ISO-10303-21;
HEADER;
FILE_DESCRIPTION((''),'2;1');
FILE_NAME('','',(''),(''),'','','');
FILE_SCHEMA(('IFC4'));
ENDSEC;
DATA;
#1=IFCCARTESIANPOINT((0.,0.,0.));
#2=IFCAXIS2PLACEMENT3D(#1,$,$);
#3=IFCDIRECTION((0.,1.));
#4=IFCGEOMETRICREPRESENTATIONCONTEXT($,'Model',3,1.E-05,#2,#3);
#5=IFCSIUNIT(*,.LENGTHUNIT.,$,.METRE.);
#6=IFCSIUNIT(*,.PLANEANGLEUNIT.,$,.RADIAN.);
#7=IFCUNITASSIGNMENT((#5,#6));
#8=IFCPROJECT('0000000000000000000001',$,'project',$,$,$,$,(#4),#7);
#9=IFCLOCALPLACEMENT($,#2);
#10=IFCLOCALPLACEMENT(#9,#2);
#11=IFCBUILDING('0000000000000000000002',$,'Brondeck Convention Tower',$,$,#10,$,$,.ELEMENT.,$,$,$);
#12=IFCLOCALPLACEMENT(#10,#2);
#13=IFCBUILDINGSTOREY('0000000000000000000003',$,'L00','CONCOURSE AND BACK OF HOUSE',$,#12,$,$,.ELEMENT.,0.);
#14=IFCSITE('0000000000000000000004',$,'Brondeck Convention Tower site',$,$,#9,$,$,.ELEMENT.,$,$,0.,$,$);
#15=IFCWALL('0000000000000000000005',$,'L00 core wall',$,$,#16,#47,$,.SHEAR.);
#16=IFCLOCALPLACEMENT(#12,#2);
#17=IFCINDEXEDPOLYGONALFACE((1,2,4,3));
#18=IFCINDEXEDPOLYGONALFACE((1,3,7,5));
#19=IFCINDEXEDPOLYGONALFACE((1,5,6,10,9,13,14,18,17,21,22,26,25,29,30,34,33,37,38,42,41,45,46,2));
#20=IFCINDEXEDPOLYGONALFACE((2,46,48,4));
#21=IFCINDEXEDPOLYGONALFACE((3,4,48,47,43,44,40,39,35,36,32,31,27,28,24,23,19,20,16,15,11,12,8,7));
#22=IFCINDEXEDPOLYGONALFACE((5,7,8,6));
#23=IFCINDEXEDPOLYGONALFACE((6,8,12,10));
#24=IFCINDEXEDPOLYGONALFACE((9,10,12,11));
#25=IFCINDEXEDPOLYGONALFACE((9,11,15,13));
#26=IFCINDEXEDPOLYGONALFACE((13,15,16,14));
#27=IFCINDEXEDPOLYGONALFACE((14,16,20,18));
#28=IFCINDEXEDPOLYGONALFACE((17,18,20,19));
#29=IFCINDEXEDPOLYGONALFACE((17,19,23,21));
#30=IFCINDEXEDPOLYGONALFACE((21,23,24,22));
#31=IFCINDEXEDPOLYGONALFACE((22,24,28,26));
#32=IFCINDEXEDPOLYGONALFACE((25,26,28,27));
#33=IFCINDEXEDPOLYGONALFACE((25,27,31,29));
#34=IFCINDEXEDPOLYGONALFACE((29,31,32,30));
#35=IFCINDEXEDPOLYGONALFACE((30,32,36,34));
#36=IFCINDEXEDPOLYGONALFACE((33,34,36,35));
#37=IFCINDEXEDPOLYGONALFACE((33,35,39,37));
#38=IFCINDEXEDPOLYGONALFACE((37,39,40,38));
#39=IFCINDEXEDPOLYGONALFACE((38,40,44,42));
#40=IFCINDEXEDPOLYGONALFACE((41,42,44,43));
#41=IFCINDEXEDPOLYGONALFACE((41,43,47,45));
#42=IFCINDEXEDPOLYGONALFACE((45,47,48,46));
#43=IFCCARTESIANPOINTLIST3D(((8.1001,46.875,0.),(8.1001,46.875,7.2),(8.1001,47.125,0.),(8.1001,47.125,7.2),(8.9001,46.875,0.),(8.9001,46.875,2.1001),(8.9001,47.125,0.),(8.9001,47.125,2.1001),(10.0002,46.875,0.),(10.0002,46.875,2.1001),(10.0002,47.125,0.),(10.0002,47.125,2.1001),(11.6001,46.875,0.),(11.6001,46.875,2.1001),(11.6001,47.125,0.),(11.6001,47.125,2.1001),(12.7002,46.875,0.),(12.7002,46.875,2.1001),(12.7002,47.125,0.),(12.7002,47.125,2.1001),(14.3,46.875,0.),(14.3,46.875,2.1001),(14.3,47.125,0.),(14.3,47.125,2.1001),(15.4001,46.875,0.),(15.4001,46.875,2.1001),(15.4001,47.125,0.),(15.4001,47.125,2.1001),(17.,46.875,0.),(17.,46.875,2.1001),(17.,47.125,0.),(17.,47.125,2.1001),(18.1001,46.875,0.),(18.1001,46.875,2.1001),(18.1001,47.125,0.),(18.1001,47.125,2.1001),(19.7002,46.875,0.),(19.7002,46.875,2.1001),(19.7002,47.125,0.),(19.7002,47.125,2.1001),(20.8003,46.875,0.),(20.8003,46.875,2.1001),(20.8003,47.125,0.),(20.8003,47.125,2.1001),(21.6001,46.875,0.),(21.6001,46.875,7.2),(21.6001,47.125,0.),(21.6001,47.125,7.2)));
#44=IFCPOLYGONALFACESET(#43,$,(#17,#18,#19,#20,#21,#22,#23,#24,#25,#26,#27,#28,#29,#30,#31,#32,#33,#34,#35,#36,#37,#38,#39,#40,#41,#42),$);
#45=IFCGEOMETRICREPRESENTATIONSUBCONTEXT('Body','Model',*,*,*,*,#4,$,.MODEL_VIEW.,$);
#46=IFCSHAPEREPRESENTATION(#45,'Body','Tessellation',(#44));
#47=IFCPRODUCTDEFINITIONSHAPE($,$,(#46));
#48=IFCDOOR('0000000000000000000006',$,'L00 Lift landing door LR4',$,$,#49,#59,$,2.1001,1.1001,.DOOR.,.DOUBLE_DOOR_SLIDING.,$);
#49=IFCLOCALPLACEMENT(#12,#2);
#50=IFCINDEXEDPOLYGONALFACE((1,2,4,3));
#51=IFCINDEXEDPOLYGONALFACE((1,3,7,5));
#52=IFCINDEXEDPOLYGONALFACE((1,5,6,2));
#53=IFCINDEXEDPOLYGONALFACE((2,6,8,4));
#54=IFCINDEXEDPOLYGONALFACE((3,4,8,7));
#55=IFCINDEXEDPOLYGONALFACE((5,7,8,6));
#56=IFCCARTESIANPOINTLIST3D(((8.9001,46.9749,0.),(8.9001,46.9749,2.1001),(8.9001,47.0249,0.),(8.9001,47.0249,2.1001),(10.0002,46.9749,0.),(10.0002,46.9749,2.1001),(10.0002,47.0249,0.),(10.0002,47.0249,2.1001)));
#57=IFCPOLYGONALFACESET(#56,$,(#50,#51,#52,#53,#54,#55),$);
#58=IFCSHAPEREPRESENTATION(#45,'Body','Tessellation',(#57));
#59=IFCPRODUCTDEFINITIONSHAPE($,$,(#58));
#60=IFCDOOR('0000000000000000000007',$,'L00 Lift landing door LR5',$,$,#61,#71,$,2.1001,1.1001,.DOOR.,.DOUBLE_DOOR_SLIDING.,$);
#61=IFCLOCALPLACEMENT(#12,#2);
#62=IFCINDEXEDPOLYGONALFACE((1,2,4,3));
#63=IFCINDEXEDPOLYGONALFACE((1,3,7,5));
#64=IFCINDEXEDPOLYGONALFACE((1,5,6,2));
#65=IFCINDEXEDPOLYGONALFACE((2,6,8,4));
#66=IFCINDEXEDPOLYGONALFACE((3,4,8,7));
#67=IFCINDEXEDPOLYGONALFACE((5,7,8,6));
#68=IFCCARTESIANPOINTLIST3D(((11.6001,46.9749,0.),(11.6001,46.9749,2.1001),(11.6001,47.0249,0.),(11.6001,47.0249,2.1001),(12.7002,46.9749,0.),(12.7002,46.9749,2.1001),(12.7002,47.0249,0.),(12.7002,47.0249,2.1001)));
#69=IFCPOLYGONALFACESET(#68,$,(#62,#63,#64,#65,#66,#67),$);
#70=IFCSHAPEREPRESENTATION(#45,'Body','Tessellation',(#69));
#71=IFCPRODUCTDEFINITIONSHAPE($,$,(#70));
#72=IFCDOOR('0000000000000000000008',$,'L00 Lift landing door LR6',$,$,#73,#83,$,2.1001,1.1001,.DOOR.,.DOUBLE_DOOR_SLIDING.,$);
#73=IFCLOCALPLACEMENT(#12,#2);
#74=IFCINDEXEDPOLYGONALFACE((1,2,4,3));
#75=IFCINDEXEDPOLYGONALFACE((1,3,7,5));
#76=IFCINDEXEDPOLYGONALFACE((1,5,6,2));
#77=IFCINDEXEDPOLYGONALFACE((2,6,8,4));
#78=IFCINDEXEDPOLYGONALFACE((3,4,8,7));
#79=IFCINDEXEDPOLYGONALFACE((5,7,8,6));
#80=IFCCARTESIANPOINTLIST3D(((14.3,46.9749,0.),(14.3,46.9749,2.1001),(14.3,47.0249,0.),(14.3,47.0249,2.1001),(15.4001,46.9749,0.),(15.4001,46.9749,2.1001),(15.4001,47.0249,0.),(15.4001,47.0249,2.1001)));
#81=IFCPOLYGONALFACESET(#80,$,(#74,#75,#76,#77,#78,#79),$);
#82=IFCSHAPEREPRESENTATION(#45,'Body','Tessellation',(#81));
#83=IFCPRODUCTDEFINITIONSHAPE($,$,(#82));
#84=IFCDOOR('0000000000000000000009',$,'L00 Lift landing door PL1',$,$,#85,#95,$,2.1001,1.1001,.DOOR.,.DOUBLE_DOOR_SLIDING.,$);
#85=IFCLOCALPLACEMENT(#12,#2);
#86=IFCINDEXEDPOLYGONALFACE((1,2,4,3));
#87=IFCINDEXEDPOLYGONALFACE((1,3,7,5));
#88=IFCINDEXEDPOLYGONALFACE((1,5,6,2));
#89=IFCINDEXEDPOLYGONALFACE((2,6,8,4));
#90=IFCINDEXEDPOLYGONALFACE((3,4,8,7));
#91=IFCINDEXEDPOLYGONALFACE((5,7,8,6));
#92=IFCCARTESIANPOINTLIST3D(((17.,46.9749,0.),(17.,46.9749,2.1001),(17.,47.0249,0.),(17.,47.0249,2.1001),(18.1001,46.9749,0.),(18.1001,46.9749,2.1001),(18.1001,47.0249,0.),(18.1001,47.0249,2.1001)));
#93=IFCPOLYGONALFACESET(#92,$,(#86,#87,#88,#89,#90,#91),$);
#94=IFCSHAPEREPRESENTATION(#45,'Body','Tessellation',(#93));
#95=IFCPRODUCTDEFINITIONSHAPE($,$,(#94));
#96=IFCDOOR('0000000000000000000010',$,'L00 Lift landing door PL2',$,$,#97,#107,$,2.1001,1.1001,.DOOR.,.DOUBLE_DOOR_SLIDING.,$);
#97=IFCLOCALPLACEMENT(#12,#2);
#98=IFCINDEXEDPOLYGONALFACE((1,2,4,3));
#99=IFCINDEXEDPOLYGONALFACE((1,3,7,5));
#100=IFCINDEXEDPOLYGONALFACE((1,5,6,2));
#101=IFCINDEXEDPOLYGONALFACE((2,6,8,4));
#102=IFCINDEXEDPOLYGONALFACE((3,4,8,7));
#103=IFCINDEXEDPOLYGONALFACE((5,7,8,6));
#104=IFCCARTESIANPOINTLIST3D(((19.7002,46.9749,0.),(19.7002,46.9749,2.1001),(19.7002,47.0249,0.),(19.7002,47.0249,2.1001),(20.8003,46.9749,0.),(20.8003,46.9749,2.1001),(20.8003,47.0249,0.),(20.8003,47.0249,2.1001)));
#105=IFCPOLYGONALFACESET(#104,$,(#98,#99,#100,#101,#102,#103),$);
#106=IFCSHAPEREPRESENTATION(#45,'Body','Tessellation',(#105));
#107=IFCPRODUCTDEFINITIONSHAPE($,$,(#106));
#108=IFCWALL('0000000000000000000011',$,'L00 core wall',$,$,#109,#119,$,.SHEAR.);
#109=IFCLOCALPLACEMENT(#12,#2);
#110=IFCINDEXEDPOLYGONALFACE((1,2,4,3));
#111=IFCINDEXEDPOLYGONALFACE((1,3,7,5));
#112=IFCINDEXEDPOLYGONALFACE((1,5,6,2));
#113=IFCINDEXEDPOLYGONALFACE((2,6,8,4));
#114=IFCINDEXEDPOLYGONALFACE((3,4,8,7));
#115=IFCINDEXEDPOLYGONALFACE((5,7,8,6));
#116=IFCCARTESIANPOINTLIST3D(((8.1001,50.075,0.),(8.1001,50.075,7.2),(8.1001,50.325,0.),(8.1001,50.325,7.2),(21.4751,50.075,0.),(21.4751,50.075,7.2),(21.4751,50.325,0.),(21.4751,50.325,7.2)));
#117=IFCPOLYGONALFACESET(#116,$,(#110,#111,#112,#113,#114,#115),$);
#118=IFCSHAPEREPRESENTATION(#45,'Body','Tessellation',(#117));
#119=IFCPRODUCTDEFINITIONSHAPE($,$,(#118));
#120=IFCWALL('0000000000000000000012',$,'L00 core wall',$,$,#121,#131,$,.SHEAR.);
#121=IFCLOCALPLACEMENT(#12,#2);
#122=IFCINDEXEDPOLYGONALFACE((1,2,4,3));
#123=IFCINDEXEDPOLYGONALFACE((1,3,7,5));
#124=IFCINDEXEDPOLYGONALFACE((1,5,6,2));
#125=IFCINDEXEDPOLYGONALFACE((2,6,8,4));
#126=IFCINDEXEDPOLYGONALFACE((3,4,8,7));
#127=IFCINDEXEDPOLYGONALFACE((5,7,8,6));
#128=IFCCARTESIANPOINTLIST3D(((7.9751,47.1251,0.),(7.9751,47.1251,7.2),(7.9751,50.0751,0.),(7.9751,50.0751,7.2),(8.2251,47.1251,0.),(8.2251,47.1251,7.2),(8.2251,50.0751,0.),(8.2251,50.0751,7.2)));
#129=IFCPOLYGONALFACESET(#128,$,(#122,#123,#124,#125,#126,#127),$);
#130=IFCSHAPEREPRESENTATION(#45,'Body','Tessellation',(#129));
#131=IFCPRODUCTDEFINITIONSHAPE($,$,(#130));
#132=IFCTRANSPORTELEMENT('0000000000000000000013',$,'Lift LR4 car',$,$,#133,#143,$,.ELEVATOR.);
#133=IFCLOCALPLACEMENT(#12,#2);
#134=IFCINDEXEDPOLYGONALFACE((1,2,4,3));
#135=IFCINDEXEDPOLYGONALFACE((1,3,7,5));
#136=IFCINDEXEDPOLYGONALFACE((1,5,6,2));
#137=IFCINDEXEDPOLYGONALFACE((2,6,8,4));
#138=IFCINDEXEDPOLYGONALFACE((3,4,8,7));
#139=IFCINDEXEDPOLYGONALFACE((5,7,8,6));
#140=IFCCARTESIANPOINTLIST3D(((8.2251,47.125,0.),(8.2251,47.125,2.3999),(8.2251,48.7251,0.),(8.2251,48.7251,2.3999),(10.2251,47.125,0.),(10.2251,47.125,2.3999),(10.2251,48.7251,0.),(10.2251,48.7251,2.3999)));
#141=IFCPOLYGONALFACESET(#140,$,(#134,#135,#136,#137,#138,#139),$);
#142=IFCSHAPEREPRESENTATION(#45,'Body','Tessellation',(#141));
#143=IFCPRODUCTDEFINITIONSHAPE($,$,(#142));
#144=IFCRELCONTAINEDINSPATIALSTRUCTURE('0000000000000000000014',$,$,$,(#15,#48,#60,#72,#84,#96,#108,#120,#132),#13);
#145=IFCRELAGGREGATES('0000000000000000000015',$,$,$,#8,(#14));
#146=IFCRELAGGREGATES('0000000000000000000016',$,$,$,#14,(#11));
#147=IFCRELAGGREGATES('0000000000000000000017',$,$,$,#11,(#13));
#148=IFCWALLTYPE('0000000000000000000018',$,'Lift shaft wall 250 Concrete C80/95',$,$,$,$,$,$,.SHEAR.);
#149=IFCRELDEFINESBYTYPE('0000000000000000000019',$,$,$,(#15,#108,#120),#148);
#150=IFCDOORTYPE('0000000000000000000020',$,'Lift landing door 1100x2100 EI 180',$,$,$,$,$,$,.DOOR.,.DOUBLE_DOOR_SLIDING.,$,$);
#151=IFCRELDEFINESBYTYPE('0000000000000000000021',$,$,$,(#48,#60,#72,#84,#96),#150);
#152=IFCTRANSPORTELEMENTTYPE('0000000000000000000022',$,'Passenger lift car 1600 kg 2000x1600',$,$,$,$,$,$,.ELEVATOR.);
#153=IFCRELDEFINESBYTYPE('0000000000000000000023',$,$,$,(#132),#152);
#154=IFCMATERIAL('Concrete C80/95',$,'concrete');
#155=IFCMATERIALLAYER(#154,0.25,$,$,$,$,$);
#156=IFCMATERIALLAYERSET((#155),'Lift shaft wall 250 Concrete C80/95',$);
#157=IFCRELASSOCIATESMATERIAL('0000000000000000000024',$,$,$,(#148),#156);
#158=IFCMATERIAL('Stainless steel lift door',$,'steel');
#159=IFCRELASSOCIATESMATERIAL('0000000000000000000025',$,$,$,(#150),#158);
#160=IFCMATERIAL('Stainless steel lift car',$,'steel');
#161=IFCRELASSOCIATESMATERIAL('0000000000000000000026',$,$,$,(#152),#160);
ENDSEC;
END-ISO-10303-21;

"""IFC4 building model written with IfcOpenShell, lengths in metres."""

from ifc_helpers import new_model, si_unit, direction, frame, frame_2d, origin, origin_2d, place, context, subcontext, project, spatial, rectangle, extrude, material, layer, layer_set, type_object, element, fill, save


model = new_model("IFC4")

# Units and contexts
model_context = context("Model", 3, precision=1e-05, world=origin(), true_north=direction((0.0, 1.0)))
body_context = subcontext(model_context, "Body", "Model", "MODEL_VIEW")
ifc_project = project(units=[si_unit("LENGTHUNIT", "METRE"), si_unit("PLANEANGLEUNIT", "RADIAN")], contexts=[model_context])

# Site, building, storey
site_placement = place(None, origin())
site = spatial("IfcSite", under=ifc_project, at=site_placement, Name="Brondeck Convention Tower site", CompositionType="ELEMENT", RefElevation=0.0)
building_placement = place(site_placement, origin())
building = spatial("IfcBuilding", under=site, at=building_placement, Name="Brondeck Convention Tower", CompositionType="ELEMENT")
storey_placement = place(building_placement, origin())
storey = spatial("IfcBuildingStorey", under=building, at=storey_placement, Name="L00", Description="CONCOURSE AND BACK OF HOUSE", CompositionType="ELEMENT", Elevation=0.0)

# Shared definitions
ifc_material_1 = material(Name="Concrete C80/95", Category="concrete")

# Wall, openings, doors
ifc_layer_1 = layer(ifc_material_1, 0.25)
ifc_layer_set_1 = layer_set([ifc_layer_1], Name="Lift shaft wall 250 Concrete C80/95")
wall_type_1 = type_object("IfcWallType", Name="Lift shaft wall 250 Concrete C80/95", PredefinedType="SHEAR", material=ifc_layer_set_1)
wall_1_placement = place(storey_placement, frame((8.1001, 47.0, 0.0), z_axis=(0.0, 0.0, 1.0), x_axis=(1.0, 0.0, 0.0)))
wall_1 = element("IfcWall", 1, at=wall_1_placement, inside=storey, type_object=wall_type_1, Name="L00 core wall", PredefinedType="SHEAR", context=body_context, shape_type="SweptSolid", body=[
    extrude(rectangle(XDim=13.5, YDim=0.25, at=frame_2d((6.75, 0.0))), origin(), (0.0, 0.0, 1.0), 7.2),
])
opening_1_placement = place(wall_1_placement, frame((0.8, 0.0, 0.0)))
opening_1 = element("IfcOpeningElement", 2, at=opening_1_placement, cuts=wall_1, PredefinedType="OPENING", context=body_context, shape_type="SweptSolid", body=[
    extrude(rectangle(XDim=1.1001, YDim=2.1001, at=frame_2d((0.55, 1.05))), frame((0.0, 0.135, 0.0), z_axis=(0.0, -1.0, 0.0), x_axis=(1.0, 0.0, 0.0)), (0.0, 0.0, 1.0), 0.27),
])
opening_2_placement = place(wall_1_placement, frame((3.5, 0.0, 0.0)))
opening_2 = element("IfcOpeningElement", 3, at=opening_2_placement, cuts=wall_1, PredefinedType="OPENING", context=body_context, shape_type="SweptSolid", body=[
    extrude(rectangle(XDim=1.1001, YDim=2.1001, at=frame_2d((0.55, 1.05))), frame((0.0, 0.135, 0.0), z_axis=(0.0, -1.0, 0.0), x_axis=(1.0, 0.0, 0.0)), (0.0, 0.0, 1.0), 0.27),
])
opening_3_placement = place(wall_1_placement, frame((6.2, 0.0, 0.0)))
opening_3 = element("IfcOpeningElement", 4, at=opening_3_placement, cuts=wall_1, PredefinedType="OPENING", context=body_context, shape_type="SweptSolid", body=[
    extrude(rectangle(XDim=1.1001, YDim=2.1001, at=frame_2d((0.55, 1.05))), frame((0.0, 0.135, 0.0), z_axis=(0.0, -1.0, 0.0), x_axis=(1.0, 0.0, 0.0)), (0.0, 0.0, 1.0), 0.27),
])
opening_4_placement = place(wall_1_placement, frame((8.8999, 0.0, 0.0)))
opening_4 = element("IfcOpeningElement", 5, at=opening_4_placement, cuts=wall_1, PredefinedType="OPENING", context=body_context, shape_type="SweptSolid", body=[
    extrude(rectangle(XDim=1.1001, YDim=2.1001, at=frame_2d((0.55, 1.05))), frame((0.0, 0.135, 0.0), z_axis=(0.0, -1.0, 0.0), x_axis=(1.0, 0.0, 0.0)), (0.0, 0.0, 1.0), 0.27),
])
opening_5_placement = place(wall_1_placement, frame((11.6001, 0.0, 0.0)))
opening_5 = element("IfcOpeningElement", 6, at=opening_5_placement, cuts=wall_1, PredefinedType="OPENING", context=body_context, shape_type="SweptSolid", body=[
    extrude(rectangle(XDim=1.1001, YDim=2.1001, at=frame_2d((0.55, 1.05))), frame((0.0, 0.135, 0.0), z_axis=(0.0, -1.0, 0.0), x_axis=(1.0, 0.0, 0.0)), (0.0, 0.0, 1.0), 0.27),
])
ifc_material_2 = material(Name="Stainless steel lift door", Category="steel")
door_type_1 = type_object("IfcDoorType", Name="Lift landing door 1100x2100 EI 180", OperationType="DOUBLE_DOOR_SLIDING", PredefinedType="DOOR", material=ifc_material_2)
door_1_placement = place(opening_1_placement, origin())
door_1 = element("IfcDoor", 7, at=door_1_placement, inside=storey, type_object=door_type_1, Name="L00 Lift landing door LR4", OperationType="DOUBLE_DOOR_SLIDING", OverallHeight=2.1001, OverallWidth=1.1001, PredefinedType="DOOR", context=body_context, shape_type="SweptSolid", body=[
    extrude(rectangle(XDim=1.1001, YDim=2.1001, at=frame_2d((0.55, 1.05))), frame((0.0, 0.0249, 0.0), z_axis=(0.0, -1.0, 0.0), x_axis=(1.0, 0.0, 0.0)), (0.0, 0.0, 1.0), 0.05),
])
fill(opening_1, door_1)
door_2_placement = place(opening_2_placement, origin())
door_2 = element("IfcDoor", 8, at=door_2_placement, inside=storey, type_object=door_type_1, Name="L00 Lift landing door LR5", OperationType="DOUBLE_DOOR_SLIDING", OverallHeight=2.1001, OverallWidth=1.1001, PredefinedType="DOOR", context=body_context, shape_type="SweptSolid", body=[
    extrude(rectangle(XDim=1.1001, YDim=2.1001, at=frame_2d((0.55, 1.05))), frame((0.0, 0.0249, 0.0), z_axis=(0.0, -1.0, 0.0), x_axis=(1.0, 0.0, 0.0)), (0.0, 0.0, 1.0), 0.05),
])
fill(opening_2, door_2)
door_3_placement = place(opening_3_placement, origin())
door_3 = element("IfcDoor", 9, at=door_3_placement, inside=storey, type_object=door_type_1, Name="L00 Lift landing door LR6", OperationType="DOUBLE_DOOR_SLIDING", OverallHeight=2.1001, OverallWidth=1.1001, PredefinedType="DOOR", context=body_context, shape_type="SweptSolid", body=[
    extrude(rectangle(XDim=1.1001, YDim=2.1001, at=frame_2d((0.55, 1.05))), frame((0.0, 0.0249, 0.0), z_axis=(0.0, -1.0, 0.0), x_axis=(1.0, 0.0, 0.0)), (0.0, 0.0, 1.0), 0.05),
])
fill(opening_3, door_3)
door_4_placement = place(opening_4_placement, origin())
door_4 = element("IfcDoor", 10, at=door_4_placement, inside=storey, type_object=door_type_1, Name="L00 Lift landing door PL1", OperationType="DOUBLE_DOOR_SLIDING", OverallHeight=2.1001, OverallWidth=1.1001, PredefinedType="DOOR", context=body_context, shape_type="SweptSolid", body=[
    extrude(rectangle(XDim=1.1001, YDim=2.1001, at=frame_2d((0.55, 1.05))), frame((0.0, 0.0249, 0.0), z_axis=(0.0, -1.0, 0.0), x_axis=(1.0, 0.0, 0.0)), (0.0, 0.0, 1.0), 0.05),
])
fill(opening_4, door_4)
door_5_placement = place(opening_5_placement, origin())
door_5 = element("IfcDoor", 11, at=door_5_placement, inside=storey, type_object=door_type_1, Name="L00 Lift landing door PL2", OperationType="DOUBLE_DOOR_SLIDING", OverallHeight=2.1001, OverallWidth=1.1001, PredefinedType="DOOR", context=body_context, shape_type="SweptSolid", body=[
    extrude(rectangle(XDim=1.1001, YDim=2.1001, at=frame_2d((0.55, 1.05))), frame((0.0, 0.0249, 0.0), z_axis=(0.0, -1.0, 0.0), x_axis=(1.0, 0.0, 0.0)), (0.0, 0.0, 1.0), 0.05),
])
fill(opening_5, door_5)

# Walls
wall_2_placement = place(storey_placement, frame((8.1001, 50.2, 0.0), z_axis=(0.0, 0.0, 1.0), x_axis=(1.0, 0.0, 0.0)))
element("IfcWall", 12, at=wall_2_placement, inside=storey, type_object=wall_type_1, Name="L00 core wall", PredefinedType="SHEAR", context=body_context, shape_type="SweptSolid", body=[
    extrude(rectangle(XDim=13.375, YDim=0.25, at=frame_2d((6.6875, 0.0))), origin(), (0.0, 0.0, 1.0), 7.2),
])
wall_3_placement = place(storey_placement, frame((8.1001, 47.125, 0.0), z_axis=(0.0, 0.0, 1.0), x_axis=(0.0, 1.0, 0.0)))
element("IfcWall", 13, at=wall_3_placement, inside=storey, type_object=wall_type_1, Name="L00 core wall", PredefinedType="SHEAR", context=body_context, shape_type="SweptSolid", body=[
    extrude(rectangle(XDim=2.95, YDim=0.25, at=frame_2d((1.4751, 0.0))), origin(), (0.0, 0.0, 1.0), 7.2),
])

# Transport element
ifc_material_3 = material(Name="Stainless steel lift car", Category="steel")
transport_element_type = type_object("IfcTransportElementType", Name="Passenger lift car 1600 kg 2000x1600", PredefinedType="ELEVATOR", material=ifc_material_3)
transport_element_placement = place(storey_placement, frame((9.2251, 47.925, 0.0), z_axis=(0.0, 0.0, 1.0), x_axis=(1.0, 0.0, 0.0)))
element("IfcTransportElement", 14, at=transport_element_placement, inside=storey, type_object=transport_element_type, Name="Lift LR4 car", PredefinedType="ELEVATOR", context=body_context, shape_type="SweptSolid", body=[
    extrude(rectangle(XDim=2.0, YDim=1.6001, at=origin_2d()), origin(), (0.0, 0.0, 1.0), 2.3999),
])

save(model, "model.ifc")
